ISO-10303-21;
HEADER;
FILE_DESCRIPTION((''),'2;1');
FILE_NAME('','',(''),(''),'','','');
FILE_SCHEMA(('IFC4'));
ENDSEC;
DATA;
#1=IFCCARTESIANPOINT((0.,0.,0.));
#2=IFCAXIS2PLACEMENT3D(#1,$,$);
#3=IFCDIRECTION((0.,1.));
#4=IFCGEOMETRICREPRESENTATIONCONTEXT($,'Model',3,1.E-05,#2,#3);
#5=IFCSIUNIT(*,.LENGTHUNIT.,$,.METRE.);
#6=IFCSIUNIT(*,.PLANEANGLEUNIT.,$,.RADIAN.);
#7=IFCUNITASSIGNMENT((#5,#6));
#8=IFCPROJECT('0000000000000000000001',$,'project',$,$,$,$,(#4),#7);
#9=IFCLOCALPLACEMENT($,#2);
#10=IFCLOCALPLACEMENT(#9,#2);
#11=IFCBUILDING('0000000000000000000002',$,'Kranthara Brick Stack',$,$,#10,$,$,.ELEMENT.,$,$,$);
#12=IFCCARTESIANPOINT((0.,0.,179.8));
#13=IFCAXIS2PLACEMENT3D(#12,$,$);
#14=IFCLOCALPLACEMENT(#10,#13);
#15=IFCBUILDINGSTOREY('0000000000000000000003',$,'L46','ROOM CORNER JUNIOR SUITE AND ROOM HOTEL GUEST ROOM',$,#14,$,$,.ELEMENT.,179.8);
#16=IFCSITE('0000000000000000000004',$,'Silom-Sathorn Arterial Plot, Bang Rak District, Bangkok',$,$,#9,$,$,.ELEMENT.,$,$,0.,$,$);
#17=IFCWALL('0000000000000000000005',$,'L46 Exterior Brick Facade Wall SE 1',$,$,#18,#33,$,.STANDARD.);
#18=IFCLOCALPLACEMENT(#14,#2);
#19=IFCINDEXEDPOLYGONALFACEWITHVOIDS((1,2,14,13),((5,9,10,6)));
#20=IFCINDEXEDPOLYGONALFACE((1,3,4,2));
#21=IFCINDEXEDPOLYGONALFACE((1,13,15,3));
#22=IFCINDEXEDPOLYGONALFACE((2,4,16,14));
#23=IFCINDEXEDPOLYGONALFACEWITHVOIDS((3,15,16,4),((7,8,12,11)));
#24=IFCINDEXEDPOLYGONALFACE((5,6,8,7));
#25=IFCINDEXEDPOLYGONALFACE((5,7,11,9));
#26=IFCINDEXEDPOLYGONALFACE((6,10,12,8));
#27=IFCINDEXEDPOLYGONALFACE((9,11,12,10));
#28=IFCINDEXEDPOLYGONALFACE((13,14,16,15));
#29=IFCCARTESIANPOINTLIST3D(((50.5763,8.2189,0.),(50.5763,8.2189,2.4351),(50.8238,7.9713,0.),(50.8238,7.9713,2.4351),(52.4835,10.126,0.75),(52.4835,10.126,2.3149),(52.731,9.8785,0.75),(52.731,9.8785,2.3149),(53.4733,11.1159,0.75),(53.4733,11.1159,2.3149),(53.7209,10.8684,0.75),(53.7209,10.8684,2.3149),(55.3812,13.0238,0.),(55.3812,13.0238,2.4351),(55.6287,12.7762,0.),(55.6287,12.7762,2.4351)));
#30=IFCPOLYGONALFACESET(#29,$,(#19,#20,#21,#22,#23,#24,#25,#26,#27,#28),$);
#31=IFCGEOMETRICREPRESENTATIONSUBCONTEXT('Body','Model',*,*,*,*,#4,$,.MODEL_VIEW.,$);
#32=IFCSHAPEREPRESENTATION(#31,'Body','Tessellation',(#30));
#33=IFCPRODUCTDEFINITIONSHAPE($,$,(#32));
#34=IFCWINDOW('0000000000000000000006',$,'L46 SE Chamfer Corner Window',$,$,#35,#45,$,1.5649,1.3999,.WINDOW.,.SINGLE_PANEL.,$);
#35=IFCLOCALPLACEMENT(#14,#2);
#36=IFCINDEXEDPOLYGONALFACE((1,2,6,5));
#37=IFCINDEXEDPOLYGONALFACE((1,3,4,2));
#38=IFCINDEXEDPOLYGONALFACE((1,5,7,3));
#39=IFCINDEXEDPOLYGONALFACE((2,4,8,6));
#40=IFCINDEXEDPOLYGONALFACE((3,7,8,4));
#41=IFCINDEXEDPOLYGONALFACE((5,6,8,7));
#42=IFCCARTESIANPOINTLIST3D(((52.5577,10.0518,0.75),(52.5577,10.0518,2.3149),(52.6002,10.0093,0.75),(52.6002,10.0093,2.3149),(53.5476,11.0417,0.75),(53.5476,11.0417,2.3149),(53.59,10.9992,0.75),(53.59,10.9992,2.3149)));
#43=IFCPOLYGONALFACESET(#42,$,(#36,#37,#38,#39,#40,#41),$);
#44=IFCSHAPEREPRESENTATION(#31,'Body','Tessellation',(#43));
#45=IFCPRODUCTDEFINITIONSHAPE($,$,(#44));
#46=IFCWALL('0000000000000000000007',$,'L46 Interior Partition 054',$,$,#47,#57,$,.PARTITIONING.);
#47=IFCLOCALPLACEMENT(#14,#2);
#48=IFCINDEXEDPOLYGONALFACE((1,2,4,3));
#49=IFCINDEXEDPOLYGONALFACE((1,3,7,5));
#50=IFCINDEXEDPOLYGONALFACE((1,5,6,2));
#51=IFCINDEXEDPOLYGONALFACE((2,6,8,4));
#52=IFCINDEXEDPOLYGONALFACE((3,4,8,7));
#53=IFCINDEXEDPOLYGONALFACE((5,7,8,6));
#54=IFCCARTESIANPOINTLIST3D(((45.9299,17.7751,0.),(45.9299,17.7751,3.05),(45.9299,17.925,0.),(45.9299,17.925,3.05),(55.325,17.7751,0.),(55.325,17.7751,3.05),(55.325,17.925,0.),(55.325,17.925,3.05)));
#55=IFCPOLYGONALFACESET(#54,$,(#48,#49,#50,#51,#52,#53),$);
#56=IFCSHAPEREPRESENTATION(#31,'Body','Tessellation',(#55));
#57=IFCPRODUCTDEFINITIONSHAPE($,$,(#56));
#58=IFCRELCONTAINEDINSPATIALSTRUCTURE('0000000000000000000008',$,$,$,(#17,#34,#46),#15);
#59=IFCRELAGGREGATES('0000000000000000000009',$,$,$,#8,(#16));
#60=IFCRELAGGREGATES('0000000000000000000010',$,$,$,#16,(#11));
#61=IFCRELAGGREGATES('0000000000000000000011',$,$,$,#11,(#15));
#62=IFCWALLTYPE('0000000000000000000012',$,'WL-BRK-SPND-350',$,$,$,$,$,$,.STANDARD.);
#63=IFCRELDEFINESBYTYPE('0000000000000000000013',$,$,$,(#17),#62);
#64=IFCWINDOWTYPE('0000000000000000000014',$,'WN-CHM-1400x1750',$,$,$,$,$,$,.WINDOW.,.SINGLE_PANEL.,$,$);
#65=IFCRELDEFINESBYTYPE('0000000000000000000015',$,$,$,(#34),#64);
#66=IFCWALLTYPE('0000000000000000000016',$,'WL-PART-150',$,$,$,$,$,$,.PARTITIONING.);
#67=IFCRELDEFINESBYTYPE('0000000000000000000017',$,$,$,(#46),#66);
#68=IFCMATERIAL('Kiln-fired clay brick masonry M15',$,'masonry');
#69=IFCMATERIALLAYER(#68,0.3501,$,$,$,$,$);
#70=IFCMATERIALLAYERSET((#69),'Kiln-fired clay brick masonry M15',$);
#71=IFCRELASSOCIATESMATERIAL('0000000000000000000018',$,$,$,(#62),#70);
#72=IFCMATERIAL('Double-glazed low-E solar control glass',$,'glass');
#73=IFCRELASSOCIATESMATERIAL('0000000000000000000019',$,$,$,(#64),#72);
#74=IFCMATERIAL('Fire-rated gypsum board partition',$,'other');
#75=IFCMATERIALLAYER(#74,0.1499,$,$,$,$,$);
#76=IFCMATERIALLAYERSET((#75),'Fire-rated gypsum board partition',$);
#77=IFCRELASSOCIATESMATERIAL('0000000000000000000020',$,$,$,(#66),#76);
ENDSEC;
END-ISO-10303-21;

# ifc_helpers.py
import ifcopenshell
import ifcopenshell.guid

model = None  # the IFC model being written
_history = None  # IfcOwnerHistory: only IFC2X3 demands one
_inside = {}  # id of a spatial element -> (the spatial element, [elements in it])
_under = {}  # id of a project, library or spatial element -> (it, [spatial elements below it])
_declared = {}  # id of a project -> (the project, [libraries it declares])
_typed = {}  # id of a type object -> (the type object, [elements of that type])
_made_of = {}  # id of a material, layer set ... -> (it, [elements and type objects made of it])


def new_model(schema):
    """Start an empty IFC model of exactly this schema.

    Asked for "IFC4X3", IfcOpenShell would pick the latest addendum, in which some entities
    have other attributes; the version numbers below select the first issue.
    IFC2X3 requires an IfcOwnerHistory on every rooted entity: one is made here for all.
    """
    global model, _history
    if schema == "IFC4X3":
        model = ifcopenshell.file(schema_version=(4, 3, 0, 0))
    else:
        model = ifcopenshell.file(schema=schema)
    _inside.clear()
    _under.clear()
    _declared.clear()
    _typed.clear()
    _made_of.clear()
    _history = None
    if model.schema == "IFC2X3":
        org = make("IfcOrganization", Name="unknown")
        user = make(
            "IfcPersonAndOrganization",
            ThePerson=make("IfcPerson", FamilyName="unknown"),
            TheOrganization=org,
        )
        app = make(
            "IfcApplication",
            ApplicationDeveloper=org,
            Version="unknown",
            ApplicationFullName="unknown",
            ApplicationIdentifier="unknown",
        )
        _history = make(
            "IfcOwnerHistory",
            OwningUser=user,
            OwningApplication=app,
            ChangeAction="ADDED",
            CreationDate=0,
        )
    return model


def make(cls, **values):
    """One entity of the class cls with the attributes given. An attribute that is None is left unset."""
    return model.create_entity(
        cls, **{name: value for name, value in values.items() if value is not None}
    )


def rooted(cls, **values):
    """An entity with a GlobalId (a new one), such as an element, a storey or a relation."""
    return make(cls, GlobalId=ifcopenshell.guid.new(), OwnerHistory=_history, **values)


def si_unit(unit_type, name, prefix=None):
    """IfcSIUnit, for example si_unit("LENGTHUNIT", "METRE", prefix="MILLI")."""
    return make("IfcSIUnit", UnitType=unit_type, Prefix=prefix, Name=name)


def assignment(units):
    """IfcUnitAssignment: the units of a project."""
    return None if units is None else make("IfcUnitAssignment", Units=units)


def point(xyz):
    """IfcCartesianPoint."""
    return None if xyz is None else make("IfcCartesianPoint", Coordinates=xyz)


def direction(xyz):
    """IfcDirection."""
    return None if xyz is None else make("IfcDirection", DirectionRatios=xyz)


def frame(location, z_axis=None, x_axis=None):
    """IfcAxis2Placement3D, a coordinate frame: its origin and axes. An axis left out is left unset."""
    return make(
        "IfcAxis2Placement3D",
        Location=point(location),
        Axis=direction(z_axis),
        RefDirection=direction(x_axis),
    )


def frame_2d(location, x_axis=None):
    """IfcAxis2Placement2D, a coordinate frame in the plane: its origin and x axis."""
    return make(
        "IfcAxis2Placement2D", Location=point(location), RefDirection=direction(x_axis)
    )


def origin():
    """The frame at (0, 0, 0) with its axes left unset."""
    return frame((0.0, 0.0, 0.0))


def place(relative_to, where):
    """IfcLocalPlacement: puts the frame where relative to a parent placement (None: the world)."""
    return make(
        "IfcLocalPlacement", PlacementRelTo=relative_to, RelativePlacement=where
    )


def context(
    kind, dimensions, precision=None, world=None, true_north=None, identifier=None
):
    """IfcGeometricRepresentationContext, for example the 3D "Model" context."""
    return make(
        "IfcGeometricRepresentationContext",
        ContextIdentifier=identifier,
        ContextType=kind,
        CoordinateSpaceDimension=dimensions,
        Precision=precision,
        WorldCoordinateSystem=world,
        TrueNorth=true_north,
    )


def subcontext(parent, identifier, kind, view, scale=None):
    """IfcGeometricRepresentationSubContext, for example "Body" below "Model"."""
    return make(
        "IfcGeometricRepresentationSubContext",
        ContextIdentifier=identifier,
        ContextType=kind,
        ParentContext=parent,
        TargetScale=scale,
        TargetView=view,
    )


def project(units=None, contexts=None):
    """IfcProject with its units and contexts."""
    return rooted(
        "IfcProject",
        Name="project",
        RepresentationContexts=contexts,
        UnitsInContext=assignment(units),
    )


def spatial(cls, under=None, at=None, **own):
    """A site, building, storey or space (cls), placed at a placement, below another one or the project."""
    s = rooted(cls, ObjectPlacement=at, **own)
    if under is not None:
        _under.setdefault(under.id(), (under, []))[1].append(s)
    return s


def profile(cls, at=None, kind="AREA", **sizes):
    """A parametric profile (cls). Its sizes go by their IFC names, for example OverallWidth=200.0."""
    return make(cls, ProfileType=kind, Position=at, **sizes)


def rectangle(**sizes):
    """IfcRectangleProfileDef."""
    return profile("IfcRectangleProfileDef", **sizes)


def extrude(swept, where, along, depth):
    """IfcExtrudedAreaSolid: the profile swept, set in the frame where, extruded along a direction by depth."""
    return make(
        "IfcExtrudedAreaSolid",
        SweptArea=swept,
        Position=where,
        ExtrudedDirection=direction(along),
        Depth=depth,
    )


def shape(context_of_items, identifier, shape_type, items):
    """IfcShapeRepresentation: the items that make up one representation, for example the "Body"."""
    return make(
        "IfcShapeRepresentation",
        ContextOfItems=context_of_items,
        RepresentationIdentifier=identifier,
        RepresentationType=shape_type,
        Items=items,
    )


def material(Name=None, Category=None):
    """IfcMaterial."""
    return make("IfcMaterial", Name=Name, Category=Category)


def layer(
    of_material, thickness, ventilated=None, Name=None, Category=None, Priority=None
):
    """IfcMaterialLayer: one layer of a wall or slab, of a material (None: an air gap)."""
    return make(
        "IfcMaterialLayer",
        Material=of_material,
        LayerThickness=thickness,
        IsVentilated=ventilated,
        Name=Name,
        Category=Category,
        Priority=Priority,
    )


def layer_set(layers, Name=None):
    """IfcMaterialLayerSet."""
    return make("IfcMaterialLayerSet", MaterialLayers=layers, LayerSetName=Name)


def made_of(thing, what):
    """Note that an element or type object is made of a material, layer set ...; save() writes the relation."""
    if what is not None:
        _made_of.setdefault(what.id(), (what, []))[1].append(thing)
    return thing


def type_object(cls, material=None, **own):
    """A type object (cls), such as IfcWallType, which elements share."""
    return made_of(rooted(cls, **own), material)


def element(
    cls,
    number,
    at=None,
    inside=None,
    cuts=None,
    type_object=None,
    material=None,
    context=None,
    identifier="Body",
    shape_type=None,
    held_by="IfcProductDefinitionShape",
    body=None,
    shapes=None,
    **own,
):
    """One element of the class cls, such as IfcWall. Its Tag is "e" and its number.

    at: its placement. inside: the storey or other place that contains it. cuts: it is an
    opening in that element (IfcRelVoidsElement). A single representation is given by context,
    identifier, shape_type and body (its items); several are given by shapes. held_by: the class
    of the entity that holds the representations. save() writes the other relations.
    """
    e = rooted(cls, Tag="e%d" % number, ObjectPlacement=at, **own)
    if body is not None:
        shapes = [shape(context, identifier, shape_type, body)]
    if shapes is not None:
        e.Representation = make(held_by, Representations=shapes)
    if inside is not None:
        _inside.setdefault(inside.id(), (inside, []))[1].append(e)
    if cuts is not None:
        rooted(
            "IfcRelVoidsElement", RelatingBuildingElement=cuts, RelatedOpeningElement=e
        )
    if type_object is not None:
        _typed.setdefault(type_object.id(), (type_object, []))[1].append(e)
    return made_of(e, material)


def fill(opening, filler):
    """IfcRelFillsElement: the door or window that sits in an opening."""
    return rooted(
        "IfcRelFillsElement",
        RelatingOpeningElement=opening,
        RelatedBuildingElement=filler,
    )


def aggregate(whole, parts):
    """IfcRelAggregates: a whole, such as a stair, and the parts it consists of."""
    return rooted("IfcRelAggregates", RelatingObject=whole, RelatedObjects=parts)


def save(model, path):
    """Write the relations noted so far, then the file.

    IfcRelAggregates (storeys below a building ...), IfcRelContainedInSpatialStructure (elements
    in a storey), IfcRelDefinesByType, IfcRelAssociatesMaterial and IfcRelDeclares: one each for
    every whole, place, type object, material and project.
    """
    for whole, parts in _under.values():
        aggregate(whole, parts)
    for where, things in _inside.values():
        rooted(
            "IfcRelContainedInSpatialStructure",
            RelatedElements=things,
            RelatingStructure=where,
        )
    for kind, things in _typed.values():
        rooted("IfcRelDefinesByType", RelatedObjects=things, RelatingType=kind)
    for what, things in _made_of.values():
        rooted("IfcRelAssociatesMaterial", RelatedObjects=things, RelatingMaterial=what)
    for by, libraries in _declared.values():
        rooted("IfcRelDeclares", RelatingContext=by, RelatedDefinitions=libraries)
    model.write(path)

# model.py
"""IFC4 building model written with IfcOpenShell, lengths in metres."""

from ifc_helpers import new_model, si_unit, direction, frame, frame_2d, origin, place, context, subcontext, project, spatial, rectangle, extrude, material, layer, layer_set, type_object, element, fill, save


model = new_model("IFC4")

# Units and contexts
model_context = context("Model", 3, precision=1e-05, world=origin(), true_north=direction((0.0, 1.0)))
body_context = subcontext(model_context, "Body", "Model", "MODEL_VIEW")
ifc_project = project(units=[si_unit("LENGTHUNIT", "METRE"), si_unit("PLANEANGLEUNIT", "RADIAN")], contexts=[model_context])

# Site, building, storey
site_placement = place(None, origin())
site = spatial("IfcSite", under=ifc_project, at=site_placement, Name="Silom-Sathorn Arterial Plot, Bang Rak District, Bangkok", CompositionType="ELEMENT", RefElevation=0.0)
building_placement = place(site_placement, origin())
building = spatial("IfcBuilding", under=site, at=building_placement, Name="Kranthara Brick Stack", CompositionType="ELEMENT")
storey_placement = place(building_placement, frame((0.0, 0.0, 179.8)))
storey = spatial("IfcBuildingStorey", under=building, at=storey_placement, Name="L46", Description="ROOM CORNER JUNIOR SUITE AND ROOM HOTEL GUEST ROOM", CompositionType="ELEMENT", Elevation=179.8)

# Shared definitions
ifc_material_1 = material(Name="Kiln-fired clay brick masonry M15", Category="masonry")
ifc_layer_1 = layer(ifc_material_1, 0.3501)
ifc_layer_set_1 = layer_set([ifc_layer_1], Name="Kiln-fired clay brick masonry M15")
wall_type_1 = type_object("IfcWallType", Name="WL-BRK-SPND-350", PredefinedType="STANDARD", material=ifc_layer_set_1)

# Wall, opening, window
wall_1_placement = place(storey_placement, frame((55.5049, 12.8999, 0.0), z_axis=(0.0, 0.0, 1.0), x_axis=(-0.707107, -0.707107, 0.0)))
wall_1 = element("IfcWall", 1, at=wall_1_placement, inside=storey, type_object=wall_type_1, Name="L46 Exterior Brick Facade Wall SE 1", PredefinedType="STANDARD", context=body_context, shape_type="SweptSolid", body=[
    extrude(rectangle(XDim=6.7952, YDim=0.3501, at=frame_2d((3.3975, 0.0))), origin(), (0.0, 0.0, 1.0), 2.4351),
])
opening_1_placement = place(wall_1_placement, frame((2.698, 0.0, 0.75)))
opening_1 = element("IfcOpeningElement", 2, at=opening_1_placement, cuts=wall_1, PredefinedType="OPENING", context=body_context, shape_type="SweptSolid", body=[
    extrude(rectangle(XDim=1.3999, YDim=1.5649, at=frame_2d((0.7, 0.7825))), frame((0.0, 0.1851, 0.0), z_axis=(0.0, -1.0, 0.0), x_axis=(1.0, 0.0, 0.0)), (0.0, 0.0, 1.0), 0.3701),
])
ifc_material_2 = material(Name="Double-glazed low-E solar control glass", Category="glass")
window_type_1 = type_object("IfcWindowType", Name="WN-CHM-1400x1750", PartitioningType="SINGLE_PANEL", PredefinedType="WINDOW", material=ifc_material_2)
window_1_placement = place(opening_1_placement, origin())
window_1 = element("IfcWindow", 3, at=window_1_placement, inside=storey, type_object=window_type_1, Name="L46 SE Chamfer Corner Window", OverallHeight=1.5649, OverallWidth=1.3999, PartitioningType="SINGLE_PANEL", PredefinedType="WINDOW", context=body_context, shape_type="SweptSolid", body=[
    extrude(rectangle(XDim=1.3999, YDim=1.5649, at=frame_2d((0.7, 0.7825))), frame((0.0, -0.01, 0.0), z_axis=(0.0, -1.0, 0.0), x_axis=(1.0, 0.0, 0.0)), (0.0, 0.0, 1.0), 0.0601),
])
fill(opening_1, window_1)

# Wall
ifc_material_3 = material(Name="Fire-rated gypsum board partition", Category="other")
ifc_layer_2 = layer(ifc_material_3, 0.1499)
ifc_layer_set_2 = layer_set([ifc_layer_2], Name="Fire-rated gypsum board partition")
wall_type_2 = type_object("IfcWallType", Name="WL-PART-150", PredefinedType="PARTITIONING", material=ifc_layer_set_2)
wall_2_placement = place(storey_placement, frame((45.9299, 17.8501, 0.0), z_axis=(0.0, 0.0, 1.0), x_axis=(1.0, 0.0, 0.0)))
element("IfcWall", 4, at=wall_2_placement, inside=storey, type_object=wall_type_2, Name="L46 Interior Partition 054", PredefinedType="PARTITIONING", context=body_context, shape_type="SweptSolid", body=[
    extrude(rectangle(XDim=9.395, YDim=0.1499, at=frame_2d((4.6975, 0.0))), origin(), (0.0, 0.0, 1.0), 3.05),
])

save(model, "model.ifc")
